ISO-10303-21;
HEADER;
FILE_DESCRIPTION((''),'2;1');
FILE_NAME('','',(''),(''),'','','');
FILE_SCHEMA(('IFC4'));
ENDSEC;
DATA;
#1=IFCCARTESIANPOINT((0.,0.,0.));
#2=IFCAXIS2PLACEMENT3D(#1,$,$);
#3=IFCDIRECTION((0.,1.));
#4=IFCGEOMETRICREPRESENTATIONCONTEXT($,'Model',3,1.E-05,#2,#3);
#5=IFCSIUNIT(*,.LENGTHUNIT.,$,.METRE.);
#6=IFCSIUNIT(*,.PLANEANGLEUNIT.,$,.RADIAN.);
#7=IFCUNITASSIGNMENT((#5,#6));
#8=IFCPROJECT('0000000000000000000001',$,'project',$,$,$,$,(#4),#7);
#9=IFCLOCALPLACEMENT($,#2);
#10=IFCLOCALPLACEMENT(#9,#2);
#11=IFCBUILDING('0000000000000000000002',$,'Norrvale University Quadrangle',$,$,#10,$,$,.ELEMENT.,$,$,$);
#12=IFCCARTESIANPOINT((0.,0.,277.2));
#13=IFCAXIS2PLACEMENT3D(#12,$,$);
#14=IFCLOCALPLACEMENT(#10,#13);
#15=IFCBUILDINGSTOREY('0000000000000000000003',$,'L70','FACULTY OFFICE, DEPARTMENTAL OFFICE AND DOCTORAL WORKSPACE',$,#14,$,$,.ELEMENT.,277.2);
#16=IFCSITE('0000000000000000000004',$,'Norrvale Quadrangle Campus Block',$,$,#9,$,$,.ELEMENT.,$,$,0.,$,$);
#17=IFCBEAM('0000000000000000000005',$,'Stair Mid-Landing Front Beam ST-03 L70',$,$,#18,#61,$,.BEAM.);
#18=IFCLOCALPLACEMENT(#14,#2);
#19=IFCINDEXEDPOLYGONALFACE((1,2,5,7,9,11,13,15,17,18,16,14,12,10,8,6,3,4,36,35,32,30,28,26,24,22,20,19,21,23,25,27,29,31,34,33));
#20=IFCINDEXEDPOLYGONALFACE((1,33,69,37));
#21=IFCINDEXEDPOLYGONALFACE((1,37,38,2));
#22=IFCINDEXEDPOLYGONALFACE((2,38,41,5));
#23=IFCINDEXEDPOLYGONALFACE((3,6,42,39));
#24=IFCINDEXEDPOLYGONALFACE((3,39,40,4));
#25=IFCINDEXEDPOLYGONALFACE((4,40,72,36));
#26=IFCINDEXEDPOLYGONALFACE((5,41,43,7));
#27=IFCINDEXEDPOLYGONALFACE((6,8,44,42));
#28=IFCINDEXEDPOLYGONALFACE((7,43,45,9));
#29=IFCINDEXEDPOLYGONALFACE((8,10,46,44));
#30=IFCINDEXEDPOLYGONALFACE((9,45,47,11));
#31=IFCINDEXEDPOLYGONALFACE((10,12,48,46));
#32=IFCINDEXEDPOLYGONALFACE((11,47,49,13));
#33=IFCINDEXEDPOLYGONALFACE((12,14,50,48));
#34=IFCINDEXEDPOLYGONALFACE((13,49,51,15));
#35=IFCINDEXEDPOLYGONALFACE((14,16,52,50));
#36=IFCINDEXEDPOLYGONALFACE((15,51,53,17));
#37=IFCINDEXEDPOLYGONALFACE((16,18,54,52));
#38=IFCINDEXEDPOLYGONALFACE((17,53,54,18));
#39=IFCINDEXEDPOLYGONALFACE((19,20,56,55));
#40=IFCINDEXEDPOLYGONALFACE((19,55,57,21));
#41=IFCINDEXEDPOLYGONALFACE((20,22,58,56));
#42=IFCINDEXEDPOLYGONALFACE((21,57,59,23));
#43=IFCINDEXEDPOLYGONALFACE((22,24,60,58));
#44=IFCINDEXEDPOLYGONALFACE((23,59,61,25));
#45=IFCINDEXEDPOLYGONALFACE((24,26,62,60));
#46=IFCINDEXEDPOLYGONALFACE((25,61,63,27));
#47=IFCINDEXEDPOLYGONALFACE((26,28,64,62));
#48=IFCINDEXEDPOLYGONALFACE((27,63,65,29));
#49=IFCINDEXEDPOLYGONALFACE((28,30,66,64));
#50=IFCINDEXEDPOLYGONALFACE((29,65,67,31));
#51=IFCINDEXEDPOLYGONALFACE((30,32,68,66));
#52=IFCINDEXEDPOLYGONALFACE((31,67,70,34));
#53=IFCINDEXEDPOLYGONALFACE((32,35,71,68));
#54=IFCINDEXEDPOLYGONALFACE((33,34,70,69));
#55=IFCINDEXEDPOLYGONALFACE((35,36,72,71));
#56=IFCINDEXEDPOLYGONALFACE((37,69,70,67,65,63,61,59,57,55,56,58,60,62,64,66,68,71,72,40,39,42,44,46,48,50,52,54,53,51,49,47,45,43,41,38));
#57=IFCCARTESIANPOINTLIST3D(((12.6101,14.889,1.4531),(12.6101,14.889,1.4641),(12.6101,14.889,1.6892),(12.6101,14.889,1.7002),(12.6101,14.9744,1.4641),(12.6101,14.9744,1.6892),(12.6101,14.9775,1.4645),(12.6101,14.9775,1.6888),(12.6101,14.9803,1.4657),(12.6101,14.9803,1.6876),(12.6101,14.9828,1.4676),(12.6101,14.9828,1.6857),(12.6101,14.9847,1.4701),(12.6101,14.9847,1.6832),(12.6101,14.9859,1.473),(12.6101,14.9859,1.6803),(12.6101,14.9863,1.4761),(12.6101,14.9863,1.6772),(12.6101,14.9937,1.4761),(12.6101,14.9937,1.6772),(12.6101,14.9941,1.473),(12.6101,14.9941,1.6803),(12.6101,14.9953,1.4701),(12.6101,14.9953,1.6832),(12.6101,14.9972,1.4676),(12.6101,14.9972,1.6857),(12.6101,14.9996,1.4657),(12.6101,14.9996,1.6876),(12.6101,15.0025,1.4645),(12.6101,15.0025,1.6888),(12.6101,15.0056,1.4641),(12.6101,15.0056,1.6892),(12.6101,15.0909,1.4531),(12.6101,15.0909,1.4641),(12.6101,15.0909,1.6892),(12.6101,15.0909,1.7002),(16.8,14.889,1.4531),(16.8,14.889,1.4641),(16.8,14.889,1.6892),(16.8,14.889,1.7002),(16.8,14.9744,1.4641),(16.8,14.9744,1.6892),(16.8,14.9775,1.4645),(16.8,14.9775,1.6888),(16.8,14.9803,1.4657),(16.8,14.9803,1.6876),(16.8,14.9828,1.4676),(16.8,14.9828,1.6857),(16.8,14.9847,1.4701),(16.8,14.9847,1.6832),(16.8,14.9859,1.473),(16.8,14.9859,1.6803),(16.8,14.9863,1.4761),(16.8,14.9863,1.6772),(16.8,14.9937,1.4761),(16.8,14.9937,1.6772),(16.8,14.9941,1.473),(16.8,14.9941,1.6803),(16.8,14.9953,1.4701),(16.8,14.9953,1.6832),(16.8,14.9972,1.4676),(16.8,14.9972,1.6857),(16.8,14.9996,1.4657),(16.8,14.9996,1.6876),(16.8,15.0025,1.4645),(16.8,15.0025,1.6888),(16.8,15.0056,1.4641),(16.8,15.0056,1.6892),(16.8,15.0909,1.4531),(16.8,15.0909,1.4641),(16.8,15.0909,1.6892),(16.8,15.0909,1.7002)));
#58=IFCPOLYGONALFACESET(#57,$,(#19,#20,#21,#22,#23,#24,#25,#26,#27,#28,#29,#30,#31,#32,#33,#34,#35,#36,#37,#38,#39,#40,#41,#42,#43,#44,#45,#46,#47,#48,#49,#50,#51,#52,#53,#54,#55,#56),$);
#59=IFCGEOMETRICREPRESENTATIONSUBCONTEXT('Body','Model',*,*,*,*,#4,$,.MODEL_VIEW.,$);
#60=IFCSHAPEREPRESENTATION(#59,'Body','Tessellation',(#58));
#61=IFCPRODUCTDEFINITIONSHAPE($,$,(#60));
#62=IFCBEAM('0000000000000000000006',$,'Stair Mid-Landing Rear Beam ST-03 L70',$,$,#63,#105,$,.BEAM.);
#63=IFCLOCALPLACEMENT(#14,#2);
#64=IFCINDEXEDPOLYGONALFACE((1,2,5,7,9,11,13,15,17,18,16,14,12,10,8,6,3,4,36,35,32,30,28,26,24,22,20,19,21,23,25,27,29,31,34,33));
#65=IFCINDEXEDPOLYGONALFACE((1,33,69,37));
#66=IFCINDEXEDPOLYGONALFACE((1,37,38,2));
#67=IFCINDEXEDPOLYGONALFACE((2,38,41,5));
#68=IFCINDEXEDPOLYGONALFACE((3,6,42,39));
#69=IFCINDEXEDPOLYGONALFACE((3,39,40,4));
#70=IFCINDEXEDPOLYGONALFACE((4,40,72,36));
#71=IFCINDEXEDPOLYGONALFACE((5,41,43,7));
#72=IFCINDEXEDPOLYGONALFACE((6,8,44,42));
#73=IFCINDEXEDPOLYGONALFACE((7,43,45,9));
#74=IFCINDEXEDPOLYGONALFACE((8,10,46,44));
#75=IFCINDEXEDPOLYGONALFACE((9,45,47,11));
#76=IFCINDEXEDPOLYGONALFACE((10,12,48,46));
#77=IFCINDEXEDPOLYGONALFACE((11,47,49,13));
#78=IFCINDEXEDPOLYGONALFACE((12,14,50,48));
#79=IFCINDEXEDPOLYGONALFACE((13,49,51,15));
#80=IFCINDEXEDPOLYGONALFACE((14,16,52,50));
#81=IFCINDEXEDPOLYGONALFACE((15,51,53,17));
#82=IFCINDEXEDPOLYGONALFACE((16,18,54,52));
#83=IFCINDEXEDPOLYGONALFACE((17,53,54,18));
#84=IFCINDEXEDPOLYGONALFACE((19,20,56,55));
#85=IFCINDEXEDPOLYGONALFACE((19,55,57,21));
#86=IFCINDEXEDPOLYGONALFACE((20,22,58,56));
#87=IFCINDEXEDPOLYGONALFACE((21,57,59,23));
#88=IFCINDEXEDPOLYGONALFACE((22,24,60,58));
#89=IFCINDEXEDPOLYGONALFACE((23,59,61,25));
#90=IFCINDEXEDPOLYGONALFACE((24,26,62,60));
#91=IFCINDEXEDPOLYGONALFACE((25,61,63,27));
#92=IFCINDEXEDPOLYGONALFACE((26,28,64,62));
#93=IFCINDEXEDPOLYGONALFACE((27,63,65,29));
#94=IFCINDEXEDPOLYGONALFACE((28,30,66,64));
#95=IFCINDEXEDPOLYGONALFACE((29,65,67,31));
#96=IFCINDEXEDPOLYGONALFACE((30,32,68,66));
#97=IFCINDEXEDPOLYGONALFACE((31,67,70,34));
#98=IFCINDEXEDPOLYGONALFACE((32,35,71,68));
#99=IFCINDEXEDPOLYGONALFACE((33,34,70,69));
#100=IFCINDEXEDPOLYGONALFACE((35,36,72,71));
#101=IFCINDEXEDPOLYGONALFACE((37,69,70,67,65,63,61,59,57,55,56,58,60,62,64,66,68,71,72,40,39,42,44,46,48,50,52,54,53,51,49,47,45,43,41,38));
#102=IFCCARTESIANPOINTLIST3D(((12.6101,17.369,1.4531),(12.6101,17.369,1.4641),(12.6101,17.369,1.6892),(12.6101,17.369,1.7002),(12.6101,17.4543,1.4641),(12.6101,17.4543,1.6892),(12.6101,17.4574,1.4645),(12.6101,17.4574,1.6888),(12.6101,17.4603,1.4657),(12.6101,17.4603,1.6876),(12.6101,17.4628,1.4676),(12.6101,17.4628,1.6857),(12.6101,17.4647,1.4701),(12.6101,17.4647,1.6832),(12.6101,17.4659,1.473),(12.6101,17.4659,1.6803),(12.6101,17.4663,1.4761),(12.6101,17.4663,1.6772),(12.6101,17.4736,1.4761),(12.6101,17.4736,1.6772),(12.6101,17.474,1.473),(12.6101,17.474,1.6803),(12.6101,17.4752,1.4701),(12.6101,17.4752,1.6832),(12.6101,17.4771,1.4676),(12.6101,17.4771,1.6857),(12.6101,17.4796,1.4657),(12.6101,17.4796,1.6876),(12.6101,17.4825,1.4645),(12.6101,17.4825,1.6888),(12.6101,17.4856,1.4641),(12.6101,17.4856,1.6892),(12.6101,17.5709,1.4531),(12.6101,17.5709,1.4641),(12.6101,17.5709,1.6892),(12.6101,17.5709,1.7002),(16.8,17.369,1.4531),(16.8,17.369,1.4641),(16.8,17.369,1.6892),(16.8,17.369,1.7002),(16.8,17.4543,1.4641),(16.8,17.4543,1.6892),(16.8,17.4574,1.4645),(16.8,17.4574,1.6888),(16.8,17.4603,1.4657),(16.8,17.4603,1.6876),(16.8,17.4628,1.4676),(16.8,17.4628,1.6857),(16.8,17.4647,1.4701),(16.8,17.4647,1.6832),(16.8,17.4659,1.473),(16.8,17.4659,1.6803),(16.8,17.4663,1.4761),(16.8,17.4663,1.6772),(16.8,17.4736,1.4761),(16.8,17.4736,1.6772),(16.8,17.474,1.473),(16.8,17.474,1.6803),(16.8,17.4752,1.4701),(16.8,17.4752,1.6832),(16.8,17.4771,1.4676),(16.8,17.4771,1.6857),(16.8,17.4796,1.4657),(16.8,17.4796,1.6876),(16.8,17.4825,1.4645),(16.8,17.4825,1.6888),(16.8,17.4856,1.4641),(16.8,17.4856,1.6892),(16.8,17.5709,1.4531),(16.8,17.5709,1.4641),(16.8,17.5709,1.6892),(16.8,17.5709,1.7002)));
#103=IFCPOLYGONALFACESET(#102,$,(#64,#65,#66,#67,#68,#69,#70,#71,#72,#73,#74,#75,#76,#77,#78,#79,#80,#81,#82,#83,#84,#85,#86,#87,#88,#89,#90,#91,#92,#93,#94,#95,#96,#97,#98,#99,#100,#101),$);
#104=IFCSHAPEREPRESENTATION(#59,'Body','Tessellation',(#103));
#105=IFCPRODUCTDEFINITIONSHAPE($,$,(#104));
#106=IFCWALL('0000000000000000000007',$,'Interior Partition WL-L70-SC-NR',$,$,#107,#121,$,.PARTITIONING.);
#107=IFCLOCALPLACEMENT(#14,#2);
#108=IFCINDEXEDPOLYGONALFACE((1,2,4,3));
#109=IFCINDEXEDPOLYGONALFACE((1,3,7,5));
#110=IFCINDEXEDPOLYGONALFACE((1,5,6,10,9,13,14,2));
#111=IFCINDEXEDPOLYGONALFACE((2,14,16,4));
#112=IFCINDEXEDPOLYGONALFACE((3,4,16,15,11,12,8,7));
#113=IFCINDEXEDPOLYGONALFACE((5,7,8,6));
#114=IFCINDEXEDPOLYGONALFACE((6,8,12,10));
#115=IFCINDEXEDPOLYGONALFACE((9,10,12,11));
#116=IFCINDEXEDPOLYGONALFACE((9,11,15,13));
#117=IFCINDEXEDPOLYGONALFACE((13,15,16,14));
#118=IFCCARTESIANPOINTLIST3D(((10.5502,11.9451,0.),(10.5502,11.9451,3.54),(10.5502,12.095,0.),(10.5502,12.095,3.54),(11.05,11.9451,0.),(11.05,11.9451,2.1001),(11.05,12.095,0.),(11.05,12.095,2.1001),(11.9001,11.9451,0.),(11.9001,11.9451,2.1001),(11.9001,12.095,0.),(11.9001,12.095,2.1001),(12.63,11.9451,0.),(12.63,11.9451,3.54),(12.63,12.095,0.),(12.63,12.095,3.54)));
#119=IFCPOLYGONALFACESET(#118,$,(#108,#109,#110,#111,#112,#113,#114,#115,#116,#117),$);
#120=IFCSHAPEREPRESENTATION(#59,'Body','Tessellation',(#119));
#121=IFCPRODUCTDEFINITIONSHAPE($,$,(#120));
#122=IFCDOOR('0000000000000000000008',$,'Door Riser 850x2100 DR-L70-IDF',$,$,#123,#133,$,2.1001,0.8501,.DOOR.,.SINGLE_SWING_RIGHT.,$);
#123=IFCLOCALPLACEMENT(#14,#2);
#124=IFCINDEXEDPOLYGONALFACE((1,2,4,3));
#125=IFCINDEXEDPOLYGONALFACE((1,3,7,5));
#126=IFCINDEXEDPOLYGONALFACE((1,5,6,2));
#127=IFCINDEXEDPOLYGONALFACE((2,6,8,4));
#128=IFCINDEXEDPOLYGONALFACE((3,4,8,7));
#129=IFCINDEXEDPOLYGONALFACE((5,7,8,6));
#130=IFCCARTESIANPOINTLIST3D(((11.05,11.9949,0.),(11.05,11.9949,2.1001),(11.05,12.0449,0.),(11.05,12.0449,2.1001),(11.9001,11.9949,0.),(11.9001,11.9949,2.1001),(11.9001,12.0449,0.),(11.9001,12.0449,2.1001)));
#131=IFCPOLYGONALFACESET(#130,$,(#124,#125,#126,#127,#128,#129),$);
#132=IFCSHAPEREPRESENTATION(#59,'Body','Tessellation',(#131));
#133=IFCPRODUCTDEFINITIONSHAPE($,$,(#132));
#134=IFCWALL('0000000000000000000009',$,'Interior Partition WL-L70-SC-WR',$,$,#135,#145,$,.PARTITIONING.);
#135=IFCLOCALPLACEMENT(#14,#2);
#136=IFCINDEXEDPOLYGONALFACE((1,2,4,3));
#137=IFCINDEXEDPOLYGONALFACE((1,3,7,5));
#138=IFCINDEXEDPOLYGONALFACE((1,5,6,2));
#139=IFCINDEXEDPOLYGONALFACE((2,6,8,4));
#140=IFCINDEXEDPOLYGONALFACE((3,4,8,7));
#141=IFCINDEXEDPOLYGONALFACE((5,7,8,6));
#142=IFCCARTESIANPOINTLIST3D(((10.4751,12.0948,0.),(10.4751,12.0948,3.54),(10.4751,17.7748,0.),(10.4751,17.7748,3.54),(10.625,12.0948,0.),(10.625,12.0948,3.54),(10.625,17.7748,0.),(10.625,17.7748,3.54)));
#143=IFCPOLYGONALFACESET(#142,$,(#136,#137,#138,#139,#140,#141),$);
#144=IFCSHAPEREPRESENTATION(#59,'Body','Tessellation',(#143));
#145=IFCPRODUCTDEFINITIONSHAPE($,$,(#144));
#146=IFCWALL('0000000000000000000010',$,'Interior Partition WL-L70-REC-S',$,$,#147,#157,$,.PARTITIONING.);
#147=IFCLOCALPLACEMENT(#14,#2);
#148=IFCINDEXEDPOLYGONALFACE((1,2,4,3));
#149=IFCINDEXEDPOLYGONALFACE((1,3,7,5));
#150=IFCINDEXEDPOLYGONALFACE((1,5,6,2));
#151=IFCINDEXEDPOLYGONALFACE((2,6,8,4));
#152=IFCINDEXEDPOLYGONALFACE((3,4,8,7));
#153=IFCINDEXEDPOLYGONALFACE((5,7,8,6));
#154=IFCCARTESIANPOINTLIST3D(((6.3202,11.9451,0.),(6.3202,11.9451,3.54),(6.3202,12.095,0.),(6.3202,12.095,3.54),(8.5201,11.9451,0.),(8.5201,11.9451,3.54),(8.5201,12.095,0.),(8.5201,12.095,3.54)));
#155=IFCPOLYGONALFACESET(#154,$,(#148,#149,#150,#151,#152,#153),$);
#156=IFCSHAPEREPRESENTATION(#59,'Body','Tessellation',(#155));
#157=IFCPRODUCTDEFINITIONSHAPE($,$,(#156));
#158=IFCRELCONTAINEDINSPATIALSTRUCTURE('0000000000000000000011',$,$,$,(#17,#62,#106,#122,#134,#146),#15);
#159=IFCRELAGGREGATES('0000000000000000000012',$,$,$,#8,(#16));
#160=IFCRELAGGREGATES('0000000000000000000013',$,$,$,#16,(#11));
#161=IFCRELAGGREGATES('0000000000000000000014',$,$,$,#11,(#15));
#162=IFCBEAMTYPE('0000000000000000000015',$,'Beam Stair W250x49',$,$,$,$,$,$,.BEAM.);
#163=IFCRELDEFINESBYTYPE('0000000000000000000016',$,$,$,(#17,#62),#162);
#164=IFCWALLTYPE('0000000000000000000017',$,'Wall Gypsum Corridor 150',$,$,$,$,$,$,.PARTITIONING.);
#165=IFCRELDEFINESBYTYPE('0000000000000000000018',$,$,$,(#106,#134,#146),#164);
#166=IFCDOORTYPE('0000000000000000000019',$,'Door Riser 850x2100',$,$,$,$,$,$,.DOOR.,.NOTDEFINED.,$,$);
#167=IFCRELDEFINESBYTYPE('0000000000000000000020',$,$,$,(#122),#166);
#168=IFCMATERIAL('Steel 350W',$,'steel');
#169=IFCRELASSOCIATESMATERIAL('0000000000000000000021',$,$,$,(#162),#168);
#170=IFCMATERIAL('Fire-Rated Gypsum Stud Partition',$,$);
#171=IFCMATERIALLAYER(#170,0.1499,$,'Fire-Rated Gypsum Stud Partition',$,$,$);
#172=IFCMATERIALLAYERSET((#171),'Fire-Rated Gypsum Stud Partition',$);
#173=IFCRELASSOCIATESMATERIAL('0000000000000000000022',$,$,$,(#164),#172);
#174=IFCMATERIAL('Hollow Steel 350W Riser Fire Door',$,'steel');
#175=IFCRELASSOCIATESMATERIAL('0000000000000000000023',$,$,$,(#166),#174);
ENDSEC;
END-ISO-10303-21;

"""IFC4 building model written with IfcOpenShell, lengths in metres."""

from ifc_helpers import new_model, si_unit, direction, frame, frame_2d, origin, origin_2d, place, context, subcontext, project, spatial, rectangle, i_section, extrude, material, layer, layer_set, material_profile, profile_set, type_object, element, fill, save


model = new_model("IFC4")

# Units and contexts
model_context = context("Model", 3, precision=1e-05, world=origin(), true_north=direction((0.0, 1.0)))
body_context = subcontext(model_context, "Body", "Model", "MODEL_VIEW")
ifc_project = project(units=[si_unit("LENGTHUNIT", "METRE"), si_unit("PLANEANGLEUNIT", "RADIAN")], contexts=[model_context])

# Site, building, storey
site_placement = place(None, origin())
site = spatial("IfcSite", under=ifc_project, at=site_placement, Name="Norrvale Quadrangle Campus Block", CompositionType="ELEMENT", RefElevation=0.0)
building_placement = place(site_placement, origin())
building = spatial("IfcBuilding", under=site, at=building_placement, Name="Norrvale University Quadrangle", CompositionType="ELEMENT")
storey_placement = place(building_placement, frame((0.0, 0.0, 277.2)))
storey = spatial("IfcBuildingStorey", under=building, at=storey_placement, Name="L70", Description="FACULTY OFFICE, DEPARTMENTAL OFFICE AND DOCTORAL WORKSPACE", CompositionType="ELEMENT", Elevation=277.2)

# Beams
ifc_material_1 = material(Name="Steel 350W", Category="steel")
ifc_material_profile = material_profile(ifc_material_1, i_section(OverallWidth=0.2019, OverallDepth=0.2471, WebThickness=0.0073, FlangeThickness=0.011, FilletRadius=0.012, at=origin_2d()), Name="Steel 350W")
ifc_profile_set = profile_set([ifc_material_profile], Name="Steel 350W")
beam_type = type_object("IfcBeamType", Name="Beam Stair W250x49", PredefinedType="BEAM", material=ifc_profile_set)
for number, where, z_axis, x_axis, name in (
    (1, (12.6101, 14.99, 1.5767), (1.0, 0.0, 0.0), (0.0, 1.0, 0.0), "Stair Mid-Landing Front Beam ST-03 L70"),
    (2, (12.6101, 17.47, 1.5767), (1.0, 0.0, 0.0), (0.0, 1.0, 0.0), "Stair Mid-Landing Rear Beam ST-03 L70"),
):
    element("IfcBeam", number, at=place(storey_placement, frame(where, z_axis=z_axis, x_axis=x_axis)), inside=storey, type_object=beam_type, Name=name, PredefinedType="BEAM", context=body_context, shape_type="SweptSolid", body=[
        extrude(i_section(OverallWidth=0.2019, OverallDepth=0.2471, WebThickness=0.0073, FlangeThickness=0.011, FilletRadius=0.012, at=origin_2d()), origin(), (0.0, 0.0, 1.0), 4.1899),
    ])

# Wall, opening, door
ifc_material_2 = material(Name="Fire-Rated Gypsum Stud Partition")
ifc_layer_1 = layer(ifc_material_2, 0.1499, Name="Fire-Rated Gypsum Stud Partition")
ifc_layer_set_1 = layer_set([ifc_layer_1], Name="Fire-Rated Gypsum Stud Partition")
wall_type_1 = type_object("IfcWallType", Name="Wall Gypsum Corridor 150", PredefinedType="PARTITIONING", material=ifc_layer_set_1)
wall_1_placement = place(storey_placement, frame((10.55, 12.02, 0.0), z_axis=(0.0, 0.0, 1.0), x_axis=(1.0, 0.0, 0.0)))
wall_1 = element("IfcWall", 3, at=wall_1_placement, inside=storey, type_object=wall_type_1, Name="Interior Partition WL-L70-SC-NR", PredefinedType="PARTITIONING", context=body_context, shape_type="SweptSolid", body=[
    extrude(rectangle(XDim=2.0798, YDim=0.1499, at=frame_2d((1.04, 0.0))), origin(), (0.0, 0.0, 1.0), 3.54),
])
opening_1_placement = place(wall_1_placement, frame((0.5, 0.0, 0.0)))
opening_1 = element("IfcOpeningElement", 4, at=opening_1_placement, cuts=wall_1, PredefinedType="OPENING", context=body_context, shape_type="SweptSolid", body=[
    extrude(rectangle(XDim=0.8501, YDim=2.1001, at=frame_2d((0.425, 1.05))), frame((0.0, 0.0869, 0.0), z_axis=(0.0, -1.0, 0.0), x_axis=(1.0, 0.0, 0.0)), (0.0, 0.0, 1.0), 0.1738),
])
ifc_material_3 = material(Name="Hollow Steel 350W Riser Fire Door", Category="steel")
door_type_1 = type_object("IfcDoorType", Name="Door Riser 850x2100", OperationType="NOTDEFINED", PredefinedType="DOOR", material=ifc_material_3)
door_1_placement = place(opening_1_placement, origin())
door_1 = element("IfcDoor", 5, at=door_1_placement, inside=storey, type_object=door_type_1, Name="Door Riser 850x2100 DR-L70-IDF", OperationType="SINGLE_SWING_RIGHT", OverallHeight=2.1001, OverallWidth=0.8501, PredefinedType="DOOR", context=body_context, shape_type="SweptSolid", body=[
    extrude(rectangle(XDim=0.8501, YDim=2.1001, at=frame_2d((0.425, 1.05))), frame((0.0, 0.0249, 0.0), z_axis=(0.0, -1.0, 0.0), x_axis=(1.0, 0.0, 0.0)), (0.0, 0.0, 1.0), 0.05),
])
fill(opening_1, door_1)

# Walls
wall_2_placement = place(storey_placement, frame((10.55, 12.095, 0.0), z_axis=(0.0, 0.0, 1.0), x_axis=(0.0, 1.0, 0.0)))
element("IfcWall", 6, at=wall_2_placement, inside=storey, type_object=wall_type_1, Name="Interior Partition WL-L70-SC-WR", PredefinedType="PARTITIONING", context=body_context, shape_type="SweptSolid", body=[
    extrude(rectangle(XDim=5.6799, YDim=0.1499, at=frame_2d((2.8398, 0.0))), origin(), (0.0, 0.0, 1.0), 3.54),
])
wall_3_placement = place(storey_placement, frame((6.3201, 12.02, 0.0), z_axis=(0.0, 0.0, 1.0), x_axis=(1.0, 0.0, 0.0)))
element("IfcWall", 7, at=wall_3_placement, inside=storey, type_object=wall_type_1, Name="Interior Partition WL-L70-REC-S", PredefinedType="PARTITIONING", context=body_context, shape_type="SweptSolid", body=[
    extrude(rectangle(XDim=2.2, YDim=0.1499, at=frame_2d((1.1001, 0.0))), origin(), (0.0, 0.0, 1.0), 3.54),
])

save(model, "model.ifc")
